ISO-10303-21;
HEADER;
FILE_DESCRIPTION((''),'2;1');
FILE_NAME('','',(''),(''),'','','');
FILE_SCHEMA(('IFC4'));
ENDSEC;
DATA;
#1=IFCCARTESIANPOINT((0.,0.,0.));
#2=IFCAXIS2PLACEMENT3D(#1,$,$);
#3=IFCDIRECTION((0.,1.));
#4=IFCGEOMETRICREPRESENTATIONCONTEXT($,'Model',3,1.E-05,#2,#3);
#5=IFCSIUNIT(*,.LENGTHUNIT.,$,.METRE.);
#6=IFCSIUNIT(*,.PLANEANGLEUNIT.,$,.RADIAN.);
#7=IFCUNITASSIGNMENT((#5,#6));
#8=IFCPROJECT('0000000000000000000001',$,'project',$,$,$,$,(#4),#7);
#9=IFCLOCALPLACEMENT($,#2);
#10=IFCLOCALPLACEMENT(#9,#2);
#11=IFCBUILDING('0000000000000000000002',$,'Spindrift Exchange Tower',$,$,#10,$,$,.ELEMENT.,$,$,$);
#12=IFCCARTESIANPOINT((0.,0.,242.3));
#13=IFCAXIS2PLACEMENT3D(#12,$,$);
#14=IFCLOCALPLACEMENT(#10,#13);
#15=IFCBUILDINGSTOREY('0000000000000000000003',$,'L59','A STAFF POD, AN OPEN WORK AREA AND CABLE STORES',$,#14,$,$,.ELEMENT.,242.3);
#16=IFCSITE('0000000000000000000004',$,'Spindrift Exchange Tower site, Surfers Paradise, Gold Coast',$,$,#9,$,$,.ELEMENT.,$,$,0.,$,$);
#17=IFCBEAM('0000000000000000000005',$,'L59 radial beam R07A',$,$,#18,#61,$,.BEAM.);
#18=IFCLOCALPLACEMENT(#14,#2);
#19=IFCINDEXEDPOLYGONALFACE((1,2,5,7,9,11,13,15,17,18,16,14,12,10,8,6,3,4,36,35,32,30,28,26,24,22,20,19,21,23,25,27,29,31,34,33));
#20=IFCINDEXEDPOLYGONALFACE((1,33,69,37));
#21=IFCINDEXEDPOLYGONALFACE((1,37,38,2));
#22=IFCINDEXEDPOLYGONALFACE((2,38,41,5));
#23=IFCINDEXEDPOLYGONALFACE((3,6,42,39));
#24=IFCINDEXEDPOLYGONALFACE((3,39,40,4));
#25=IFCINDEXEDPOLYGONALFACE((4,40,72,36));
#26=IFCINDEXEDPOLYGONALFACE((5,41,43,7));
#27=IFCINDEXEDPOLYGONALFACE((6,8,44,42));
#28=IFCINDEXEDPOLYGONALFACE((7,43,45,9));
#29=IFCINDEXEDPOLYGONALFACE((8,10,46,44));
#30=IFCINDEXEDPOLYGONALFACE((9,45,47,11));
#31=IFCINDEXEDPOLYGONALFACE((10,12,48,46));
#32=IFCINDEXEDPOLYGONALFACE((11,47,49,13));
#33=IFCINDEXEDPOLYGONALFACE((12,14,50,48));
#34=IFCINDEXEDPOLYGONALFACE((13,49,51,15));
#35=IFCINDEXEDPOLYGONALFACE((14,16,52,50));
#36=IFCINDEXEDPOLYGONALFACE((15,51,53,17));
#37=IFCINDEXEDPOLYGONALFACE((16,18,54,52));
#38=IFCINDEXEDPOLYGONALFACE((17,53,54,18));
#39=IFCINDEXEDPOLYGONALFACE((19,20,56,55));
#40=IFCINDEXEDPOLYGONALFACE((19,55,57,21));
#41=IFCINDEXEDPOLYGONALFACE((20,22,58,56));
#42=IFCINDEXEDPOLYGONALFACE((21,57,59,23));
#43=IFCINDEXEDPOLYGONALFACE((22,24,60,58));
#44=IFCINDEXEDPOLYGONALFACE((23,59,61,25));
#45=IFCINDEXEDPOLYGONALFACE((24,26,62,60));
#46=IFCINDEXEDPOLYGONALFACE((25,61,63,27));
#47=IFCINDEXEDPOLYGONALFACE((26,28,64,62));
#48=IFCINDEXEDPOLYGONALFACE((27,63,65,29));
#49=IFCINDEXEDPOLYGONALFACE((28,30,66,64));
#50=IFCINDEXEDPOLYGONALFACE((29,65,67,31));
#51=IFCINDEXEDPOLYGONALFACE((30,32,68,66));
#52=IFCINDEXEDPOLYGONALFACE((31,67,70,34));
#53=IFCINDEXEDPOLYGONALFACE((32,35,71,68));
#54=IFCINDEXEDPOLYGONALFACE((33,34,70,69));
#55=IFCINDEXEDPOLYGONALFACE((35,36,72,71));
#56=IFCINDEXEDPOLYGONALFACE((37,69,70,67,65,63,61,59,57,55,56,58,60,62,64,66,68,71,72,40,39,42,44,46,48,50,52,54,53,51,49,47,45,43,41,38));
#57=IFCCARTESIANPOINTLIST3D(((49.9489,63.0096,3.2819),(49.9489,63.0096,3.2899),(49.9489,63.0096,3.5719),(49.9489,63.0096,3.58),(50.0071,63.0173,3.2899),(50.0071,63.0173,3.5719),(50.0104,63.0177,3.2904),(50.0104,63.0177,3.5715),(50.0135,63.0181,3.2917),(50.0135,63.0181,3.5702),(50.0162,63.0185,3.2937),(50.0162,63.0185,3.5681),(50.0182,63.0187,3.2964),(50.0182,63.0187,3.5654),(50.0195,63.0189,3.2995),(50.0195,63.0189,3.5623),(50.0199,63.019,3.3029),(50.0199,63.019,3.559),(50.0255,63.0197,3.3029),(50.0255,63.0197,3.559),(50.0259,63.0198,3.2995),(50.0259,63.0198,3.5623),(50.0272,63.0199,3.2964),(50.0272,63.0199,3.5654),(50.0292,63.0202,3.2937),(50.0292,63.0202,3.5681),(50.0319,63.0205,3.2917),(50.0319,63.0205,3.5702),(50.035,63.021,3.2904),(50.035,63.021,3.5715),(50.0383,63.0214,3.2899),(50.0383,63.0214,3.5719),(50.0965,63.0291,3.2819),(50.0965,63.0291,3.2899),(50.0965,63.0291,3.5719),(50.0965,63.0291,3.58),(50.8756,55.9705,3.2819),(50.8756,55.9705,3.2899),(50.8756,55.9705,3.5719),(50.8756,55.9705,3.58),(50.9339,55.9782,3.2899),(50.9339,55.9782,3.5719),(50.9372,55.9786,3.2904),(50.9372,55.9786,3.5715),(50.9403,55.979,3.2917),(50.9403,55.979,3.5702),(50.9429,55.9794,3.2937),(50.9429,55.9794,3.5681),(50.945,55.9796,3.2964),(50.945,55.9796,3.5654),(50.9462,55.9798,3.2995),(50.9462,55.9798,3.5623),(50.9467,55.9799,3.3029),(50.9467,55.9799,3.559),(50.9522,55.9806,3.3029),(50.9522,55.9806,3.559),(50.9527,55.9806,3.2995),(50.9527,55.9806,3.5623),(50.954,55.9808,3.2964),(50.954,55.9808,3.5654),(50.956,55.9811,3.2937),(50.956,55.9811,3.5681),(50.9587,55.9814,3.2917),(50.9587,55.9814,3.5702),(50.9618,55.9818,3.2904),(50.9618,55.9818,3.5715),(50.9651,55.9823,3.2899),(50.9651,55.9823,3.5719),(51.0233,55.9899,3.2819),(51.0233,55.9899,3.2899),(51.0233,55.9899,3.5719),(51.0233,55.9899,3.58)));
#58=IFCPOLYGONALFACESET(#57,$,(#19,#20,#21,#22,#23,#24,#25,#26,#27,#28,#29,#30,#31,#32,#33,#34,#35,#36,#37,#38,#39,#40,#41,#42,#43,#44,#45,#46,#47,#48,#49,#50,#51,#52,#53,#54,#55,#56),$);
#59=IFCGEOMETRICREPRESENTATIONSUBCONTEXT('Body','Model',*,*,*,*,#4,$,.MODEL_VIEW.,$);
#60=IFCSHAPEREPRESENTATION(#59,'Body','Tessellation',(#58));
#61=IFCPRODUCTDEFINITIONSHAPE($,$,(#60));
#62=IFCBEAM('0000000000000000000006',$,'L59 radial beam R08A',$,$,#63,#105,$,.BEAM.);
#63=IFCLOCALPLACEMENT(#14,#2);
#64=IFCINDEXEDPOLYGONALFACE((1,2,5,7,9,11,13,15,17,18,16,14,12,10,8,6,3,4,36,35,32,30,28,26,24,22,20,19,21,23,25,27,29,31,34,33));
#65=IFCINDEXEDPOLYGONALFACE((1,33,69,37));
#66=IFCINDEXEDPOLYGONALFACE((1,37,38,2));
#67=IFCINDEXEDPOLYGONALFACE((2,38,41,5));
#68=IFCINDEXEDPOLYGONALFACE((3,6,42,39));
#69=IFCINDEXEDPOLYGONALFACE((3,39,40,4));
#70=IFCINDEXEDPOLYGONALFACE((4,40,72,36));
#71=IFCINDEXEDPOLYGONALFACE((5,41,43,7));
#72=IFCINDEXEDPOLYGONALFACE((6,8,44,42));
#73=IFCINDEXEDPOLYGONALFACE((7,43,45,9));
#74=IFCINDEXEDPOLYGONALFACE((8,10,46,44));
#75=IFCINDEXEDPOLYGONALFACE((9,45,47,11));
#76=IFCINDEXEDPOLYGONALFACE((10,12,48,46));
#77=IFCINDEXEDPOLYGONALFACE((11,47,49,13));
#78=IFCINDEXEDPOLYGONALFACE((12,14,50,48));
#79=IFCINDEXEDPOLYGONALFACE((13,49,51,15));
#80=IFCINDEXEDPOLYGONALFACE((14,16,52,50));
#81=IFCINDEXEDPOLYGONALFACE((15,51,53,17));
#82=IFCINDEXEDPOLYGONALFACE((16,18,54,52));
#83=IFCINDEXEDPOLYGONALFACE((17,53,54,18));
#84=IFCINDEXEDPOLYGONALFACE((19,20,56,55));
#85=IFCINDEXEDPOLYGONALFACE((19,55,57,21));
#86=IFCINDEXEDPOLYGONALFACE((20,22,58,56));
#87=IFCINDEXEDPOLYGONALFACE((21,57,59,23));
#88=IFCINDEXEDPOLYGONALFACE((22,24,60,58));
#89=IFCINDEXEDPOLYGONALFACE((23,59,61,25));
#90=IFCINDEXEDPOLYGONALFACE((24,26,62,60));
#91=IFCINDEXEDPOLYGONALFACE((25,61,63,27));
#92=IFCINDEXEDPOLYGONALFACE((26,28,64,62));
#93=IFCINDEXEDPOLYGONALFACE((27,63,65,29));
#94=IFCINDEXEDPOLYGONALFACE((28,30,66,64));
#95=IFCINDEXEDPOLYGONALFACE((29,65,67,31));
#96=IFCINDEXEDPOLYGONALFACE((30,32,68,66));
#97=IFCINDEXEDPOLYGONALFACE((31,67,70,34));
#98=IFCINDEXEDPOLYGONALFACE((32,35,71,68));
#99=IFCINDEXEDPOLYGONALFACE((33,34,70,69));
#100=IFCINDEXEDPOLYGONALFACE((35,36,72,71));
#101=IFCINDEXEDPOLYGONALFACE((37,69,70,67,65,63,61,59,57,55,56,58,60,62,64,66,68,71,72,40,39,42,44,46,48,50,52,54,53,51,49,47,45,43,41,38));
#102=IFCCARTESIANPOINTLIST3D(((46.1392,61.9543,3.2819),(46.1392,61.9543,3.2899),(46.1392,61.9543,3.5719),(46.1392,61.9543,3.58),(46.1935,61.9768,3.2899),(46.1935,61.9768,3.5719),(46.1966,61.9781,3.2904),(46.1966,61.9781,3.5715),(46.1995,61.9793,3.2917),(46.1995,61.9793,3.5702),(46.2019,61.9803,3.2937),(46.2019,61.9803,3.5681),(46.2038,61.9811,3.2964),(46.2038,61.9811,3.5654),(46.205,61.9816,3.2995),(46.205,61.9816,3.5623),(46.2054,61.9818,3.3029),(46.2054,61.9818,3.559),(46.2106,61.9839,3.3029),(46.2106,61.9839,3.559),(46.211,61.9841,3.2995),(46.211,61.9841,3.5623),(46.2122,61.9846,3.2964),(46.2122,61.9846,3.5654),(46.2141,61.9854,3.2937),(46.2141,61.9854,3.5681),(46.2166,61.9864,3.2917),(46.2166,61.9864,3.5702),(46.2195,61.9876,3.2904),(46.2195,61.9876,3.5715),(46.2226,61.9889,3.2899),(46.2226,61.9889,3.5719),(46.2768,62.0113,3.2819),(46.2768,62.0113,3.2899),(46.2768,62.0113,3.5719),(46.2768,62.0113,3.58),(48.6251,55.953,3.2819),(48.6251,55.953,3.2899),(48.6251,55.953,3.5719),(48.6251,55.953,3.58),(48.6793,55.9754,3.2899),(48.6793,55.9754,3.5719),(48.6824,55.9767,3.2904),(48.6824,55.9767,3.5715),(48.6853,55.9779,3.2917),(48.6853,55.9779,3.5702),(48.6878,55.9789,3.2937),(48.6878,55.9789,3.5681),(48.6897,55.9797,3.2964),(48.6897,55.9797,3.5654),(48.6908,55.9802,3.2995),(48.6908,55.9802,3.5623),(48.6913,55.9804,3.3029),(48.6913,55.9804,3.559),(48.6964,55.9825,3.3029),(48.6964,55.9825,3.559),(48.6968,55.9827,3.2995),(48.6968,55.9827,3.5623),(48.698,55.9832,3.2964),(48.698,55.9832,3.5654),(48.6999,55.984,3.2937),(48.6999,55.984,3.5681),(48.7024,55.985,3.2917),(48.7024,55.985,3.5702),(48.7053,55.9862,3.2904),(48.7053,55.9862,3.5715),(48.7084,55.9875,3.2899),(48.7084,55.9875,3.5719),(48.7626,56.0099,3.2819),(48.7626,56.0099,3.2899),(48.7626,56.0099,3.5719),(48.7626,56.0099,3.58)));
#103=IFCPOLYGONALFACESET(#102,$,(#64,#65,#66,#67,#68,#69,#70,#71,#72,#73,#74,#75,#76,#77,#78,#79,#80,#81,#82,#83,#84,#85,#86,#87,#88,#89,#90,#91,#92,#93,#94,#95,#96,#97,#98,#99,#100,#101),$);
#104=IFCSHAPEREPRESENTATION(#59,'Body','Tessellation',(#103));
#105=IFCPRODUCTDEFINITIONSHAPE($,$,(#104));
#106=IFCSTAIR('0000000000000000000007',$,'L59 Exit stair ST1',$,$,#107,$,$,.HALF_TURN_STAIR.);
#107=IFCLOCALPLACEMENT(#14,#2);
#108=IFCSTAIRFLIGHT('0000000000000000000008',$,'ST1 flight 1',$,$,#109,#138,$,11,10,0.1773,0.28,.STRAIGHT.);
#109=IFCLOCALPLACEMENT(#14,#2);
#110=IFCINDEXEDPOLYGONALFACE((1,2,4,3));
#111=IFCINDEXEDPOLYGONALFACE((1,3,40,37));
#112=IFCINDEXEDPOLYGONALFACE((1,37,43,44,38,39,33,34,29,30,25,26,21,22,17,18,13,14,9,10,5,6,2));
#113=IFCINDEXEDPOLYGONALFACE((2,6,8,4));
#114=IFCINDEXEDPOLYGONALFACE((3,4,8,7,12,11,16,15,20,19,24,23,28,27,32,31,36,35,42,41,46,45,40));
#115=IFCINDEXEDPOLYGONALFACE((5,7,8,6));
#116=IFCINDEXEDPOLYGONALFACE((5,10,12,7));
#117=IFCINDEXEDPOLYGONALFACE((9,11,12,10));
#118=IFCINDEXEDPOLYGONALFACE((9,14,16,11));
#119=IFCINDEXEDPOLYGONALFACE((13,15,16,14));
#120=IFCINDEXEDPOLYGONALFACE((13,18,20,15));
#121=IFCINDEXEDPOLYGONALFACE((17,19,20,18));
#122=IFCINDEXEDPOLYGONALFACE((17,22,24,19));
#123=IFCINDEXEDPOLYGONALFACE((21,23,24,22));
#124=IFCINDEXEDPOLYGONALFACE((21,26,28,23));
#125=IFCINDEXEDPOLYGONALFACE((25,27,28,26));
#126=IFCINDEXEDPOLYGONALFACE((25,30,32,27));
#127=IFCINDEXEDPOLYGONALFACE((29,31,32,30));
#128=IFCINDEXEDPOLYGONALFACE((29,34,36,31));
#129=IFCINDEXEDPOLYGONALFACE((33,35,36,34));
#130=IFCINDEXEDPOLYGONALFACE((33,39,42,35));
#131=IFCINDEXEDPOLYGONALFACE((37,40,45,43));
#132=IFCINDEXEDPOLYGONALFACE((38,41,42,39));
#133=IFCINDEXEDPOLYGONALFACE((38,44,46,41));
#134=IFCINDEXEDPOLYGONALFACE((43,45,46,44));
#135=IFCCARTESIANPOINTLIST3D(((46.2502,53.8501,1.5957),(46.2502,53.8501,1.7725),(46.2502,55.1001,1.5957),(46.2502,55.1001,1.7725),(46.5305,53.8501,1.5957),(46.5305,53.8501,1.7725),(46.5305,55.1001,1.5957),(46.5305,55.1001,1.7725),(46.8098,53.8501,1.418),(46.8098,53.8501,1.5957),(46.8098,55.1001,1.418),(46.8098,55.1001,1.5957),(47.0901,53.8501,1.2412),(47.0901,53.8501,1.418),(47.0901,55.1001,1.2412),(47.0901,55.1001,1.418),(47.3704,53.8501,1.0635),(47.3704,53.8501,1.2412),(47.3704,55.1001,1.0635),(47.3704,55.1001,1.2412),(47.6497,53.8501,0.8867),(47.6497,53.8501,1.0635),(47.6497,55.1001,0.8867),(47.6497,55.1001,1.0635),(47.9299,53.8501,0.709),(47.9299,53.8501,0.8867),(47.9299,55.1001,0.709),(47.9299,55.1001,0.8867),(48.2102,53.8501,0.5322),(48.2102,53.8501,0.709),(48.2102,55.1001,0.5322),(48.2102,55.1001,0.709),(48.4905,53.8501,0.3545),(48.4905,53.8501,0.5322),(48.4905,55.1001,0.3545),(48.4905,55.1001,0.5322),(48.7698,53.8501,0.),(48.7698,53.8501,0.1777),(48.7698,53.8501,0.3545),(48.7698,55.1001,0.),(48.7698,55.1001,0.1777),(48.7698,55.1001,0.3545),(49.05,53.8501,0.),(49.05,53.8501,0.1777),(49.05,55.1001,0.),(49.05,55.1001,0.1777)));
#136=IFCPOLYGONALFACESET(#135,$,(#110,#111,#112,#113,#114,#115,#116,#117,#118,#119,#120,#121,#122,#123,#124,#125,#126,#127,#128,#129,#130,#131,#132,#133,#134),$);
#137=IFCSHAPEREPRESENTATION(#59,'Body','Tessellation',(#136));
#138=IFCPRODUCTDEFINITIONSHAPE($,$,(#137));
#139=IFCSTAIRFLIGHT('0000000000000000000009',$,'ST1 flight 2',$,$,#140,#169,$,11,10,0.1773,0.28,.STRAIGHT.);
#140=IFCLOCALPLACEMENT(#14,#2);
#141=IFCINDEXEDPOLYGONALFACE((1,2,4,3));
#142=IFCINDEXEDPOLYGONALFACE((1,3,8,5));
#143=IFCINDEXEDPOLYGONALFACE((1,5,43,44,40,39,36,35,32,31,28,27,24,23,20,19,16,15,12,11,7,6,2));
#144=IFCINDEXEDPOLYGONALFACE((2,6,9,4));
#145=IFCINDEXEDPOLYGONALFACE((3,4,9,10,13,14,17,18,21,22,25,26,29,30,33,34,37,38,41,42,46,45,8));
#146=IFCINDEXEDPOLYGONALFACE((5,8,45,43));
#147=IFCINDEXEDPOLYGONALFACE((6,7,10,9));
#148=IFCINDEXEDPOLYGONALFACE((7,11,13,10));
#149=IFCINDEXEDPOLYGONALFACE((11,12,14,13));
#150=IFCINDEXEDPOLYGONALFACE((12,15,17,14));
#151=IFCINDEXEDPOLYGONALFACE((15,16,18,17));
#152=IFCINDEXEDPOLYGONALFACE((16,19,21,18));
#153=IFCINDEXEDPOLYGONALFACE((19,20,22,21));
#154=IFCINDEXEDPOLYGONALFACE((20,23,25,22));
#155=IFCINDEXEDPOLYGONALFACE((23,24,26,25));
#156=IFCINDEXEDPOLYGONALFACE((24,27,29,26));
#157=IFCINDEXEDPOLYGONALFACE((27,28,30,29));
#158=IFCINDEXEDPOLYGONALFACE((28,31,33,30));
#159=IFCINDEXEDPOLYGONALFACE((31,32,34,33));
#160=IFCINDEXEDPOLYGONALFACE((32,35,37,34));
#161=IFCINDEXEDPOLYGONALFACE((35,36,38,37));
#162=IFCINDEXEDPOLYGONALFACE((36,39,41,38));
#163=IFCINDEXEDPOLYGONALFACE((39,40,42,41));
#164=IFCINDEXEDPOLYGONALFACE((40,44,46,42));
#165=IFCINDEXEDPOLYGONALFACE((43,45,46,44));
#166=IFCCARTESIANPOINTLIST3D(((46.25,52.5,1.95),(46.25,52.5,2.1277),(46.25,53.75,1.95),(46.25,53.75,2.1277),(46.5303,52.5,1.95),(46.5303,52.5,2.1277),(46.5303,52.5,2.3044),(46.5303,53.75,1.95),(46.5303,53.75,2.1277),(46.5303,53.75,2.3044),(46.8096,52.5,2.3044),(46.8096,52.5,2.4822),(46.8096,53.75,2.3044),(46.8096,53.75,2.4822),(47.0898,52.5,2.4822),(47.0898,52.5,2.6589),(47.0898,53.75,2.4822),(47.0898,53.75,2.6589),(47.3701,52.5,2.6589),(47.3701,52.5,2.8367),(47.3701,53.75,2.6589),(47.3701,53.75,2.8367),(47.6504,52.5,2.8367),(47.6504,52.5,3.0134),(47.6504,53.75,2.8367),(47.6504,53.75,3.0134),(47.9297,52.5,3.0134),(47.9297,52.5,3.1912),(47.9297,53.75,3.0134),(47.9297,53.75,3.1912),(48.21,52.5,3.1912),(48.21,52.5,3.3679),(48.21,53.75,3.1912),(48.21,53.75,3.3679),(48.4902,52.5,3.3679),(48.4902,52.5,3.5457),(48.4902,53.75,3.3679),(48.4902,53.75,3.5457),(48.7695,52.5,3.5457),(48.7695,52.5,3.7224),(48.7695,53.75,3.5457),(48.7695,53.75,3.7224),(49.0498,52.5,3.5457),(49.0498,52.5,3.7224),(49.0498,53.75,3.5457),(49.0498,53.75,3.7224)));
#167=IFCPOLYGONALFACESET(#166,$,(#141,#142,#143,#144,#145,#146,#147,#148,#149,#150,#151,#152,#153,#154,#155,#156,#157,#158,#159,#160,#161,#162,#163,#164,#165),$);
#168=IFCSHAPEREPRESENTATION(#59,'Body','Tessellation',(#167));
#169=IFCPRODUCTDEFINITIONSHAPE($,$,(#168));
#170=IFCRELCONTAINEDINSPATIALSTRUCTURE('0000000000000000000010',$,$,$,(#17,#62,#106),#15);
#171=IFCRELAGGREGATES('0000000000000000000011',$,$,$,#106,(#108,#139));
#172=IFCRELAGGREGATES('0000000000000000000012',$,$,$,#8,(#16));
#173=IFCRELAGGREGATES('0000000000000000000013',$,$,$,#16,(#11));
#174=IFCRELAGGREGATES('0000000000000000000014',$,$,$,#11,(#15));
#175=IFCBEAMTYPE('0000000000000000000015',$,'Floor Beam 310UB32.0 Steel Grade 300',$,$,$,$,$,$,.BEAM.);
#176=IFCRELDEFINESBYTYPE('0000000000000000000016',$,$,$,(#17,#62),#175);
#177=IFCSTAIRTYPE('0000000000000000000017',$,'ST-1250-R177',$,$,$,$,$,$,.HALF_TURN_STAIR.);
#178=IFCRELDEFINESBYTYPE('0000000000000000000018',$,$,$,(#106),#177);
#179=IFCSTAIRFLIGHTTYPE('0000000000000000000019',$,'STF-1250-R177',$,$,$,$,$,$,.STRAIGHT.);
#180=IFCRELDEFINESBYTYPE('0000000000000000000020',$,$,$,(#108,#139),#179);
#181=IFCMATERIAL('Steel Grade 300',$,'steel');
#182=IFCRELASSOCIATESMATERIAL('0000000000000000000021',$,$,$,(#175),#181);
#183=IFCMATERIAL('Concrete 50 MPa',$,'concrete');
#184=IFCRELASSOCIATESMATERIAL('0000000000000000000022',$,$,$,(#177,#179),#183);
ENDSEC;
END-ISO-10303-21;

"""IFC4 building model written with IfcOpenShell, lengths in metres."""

from ifc_helpers import new_model, si_unit, direction, frame, origin, origin_2d, place, context, subcontext, project, spatial, line, indexed_curve, i_section, outline, extrude, source, transform, mapped, material, material_profile, profile_set, type_object, element, aggregate, save


model = new_model("IFC4")

# Units and contexts
model_context = context("Model", 3, precision=1e-05, world=origin(), true_north=direction((0.0, 1.0)))
body_context = subcontext(model_context, "Body", "Model", "MODEL_VIEW")
ifc_project = project(units=[si_unit("LENGTHUNIT", "METRE"), si_unit("PLANEANGLEUNIT", "RADIAN")], contexts=[model_context])

# Site, building, storey
site_placement = place(None, origin())
site = spatial("IfcSite", under=ifc_project, at=site_placement, Name="Spindrift Exchange Tower site, Surfers Paradise, Gold Coast", CompositionType="ELEMENT", RefElevation=0.0)
building_placement = place(site_placement, origin())
building = spatial("IfcBuilding", under=site, at=building_placement, Name="Spindrift Exchange Tower", CompositionType="ELEMENT")
storey_placement = place(building_placement, frame((0.0, 0.0, 242.3)))
storey = spatial("IfcBuildingStorey", under=building, at=storey_placement, Name="L59", Description="A STAFF POD, AN OPEN WORK AREA AND CABLE STORES", CompositionType="ELEMENT", Elevation=242.3)

# Beams
ifc_material_1 = material(Name="Steel Grade 300", Category="steel")
ifc_material_profile = material_profile(ifc_material_1, i_section(OverallWidth=0.1489, OverallDepth=0.2981, WebThickness=0.0056, FlangeThickness=0.0081, FilletRadius=0.0129, at=origin_2d()), Name="310UB32.0")
ifc_profile_set = profile_set([ifc_material_profile], Name="Steel Grade 300")
beam_type = type_object("IfcBeamType", Name="Floor Beam 310UB32.0 Steel Grade 300", PredefinedType="BEAM", material=ifc_profile_set)
shared_shape_1 = source(origin(), body_context, "Body", "SweptSolid", [
    extrude(i_section(OverallWidth=0.1489, OverallDepth=0.2981, WebThickness=0.0056, FlangeThickness=0.0081, FilletRadius=0.0129, at=origin_2d()), origin(), (0.0, 0.0, 1.0), 7.0999),
])
beam_1_placement = place(storey_placement, frame((50.9495, 55.9802, 3.4309), z_axis=(-0.130533, 0.991444, 0.0), x_axis=(-0.991444, -0.130533, 0.0)))
element("IfcBeam", 1, at=beam_1_placement, inside=storey, type_object=beam_type, Name="L59 radial beam R07A", PredefinedType="BEAM", context=body_context, shape_type="MappedRepresentation", body=[
    mapped(shared_shape_1, transform((0.0, 0.0, 0.0), scale=1.0)),
])
shared_shape_2 = source(origin(), body_context, "Body", "SweptSolid", [
    extrude(i_section(OverallWidth=0.1489, OverallDepth=0.2981, WebThickness=0.0056, FlangeThickness=0.0081, FilletRadius=0.0129, at=origin_2d()), origin(), (0.0, 0.0, 1.0), 6.4958),
])
beam_2_placement = place(storey_placement, frame((48.6938, 55.9814, 3.4309), z_axis=(-0.382677, 0.923882, 0.0), x_axis=(-0.923882, -0.382677, 0.0)))
element("IfcBeam", 2, at=beam_2_placement, inside=storey, type_object=beam_type, Name="L59 radial beam R08A", PredefinedType="BEAM", context=body_context, shape_type="MappedRepresentation", body=[
    mapped(shared_shape_2, transform((0.0, 0.0, 0.0), scale=1.0)),
])

# Stair, stair flights
ifc_material_2 = material(Name="Concrete 50 MPa", Category="concrete")
stair_type = type_object("IfcStairType", Name="ST-1250-R177", PredefinedType="HALF_TURN_STAIR", material=ifc_material_2)
stair_placement = place(storey_placement, origin())
stair = element("IfcStair", 3, at=stair_placement, inside=storey, type_object=stair_type, Name="L59 Exit stair ST1", PredefinedType="HALF_TURN_STAIR")
stair_flight_type = type_object("IfcStairFlightType", Name="STF-1250-R177", PredefinedType="STRAIGHT", material=ifc_material_2)
stair_flight_1_placement = place(storey_placement, frame((49.05, 54.4751, 0.0), z_axis=(0.0, 0.0, 1.0), x_axis=(-1.0, 0.0, 0.0)))
stair_flight_1 = element("IfcStairFlight", 4, at=stair_flight_1_placement, type_object=stair_flight_type, Name="ST1 flight 1", NumberOfRisers=11, NumberOfTreads=10, PredefinedType="STRAIGHT", RiserHeight=0.1773, TreadLength=0.28, context=body_context, shape_type="SweptSolid", body=[
    extrude(outline(indexed_curve([(0.0, 0.0), (0.0, 0.1777), (0.2803, 0.1777), (0.2803, 0.3545), (0.5596, 0.3545), (0.5596, 0.5322), (0.8398, 0.5322), (0.8398, 0.709), (1.1201, 0.709), (1.1201, 0.8867), (1.4004, 0.8867), (1.4004, 1.0635), (1.6797, 1.0635), (1.6797, 1.2412), (1.96, 1.2412), (1.96, 1.418), (2.2402, 1.418), (2.2402, 1.5957), (2.5195, 1.5957), (2.5195, 1.7725), (2.7998, 1.7725), (2.7998, 1.9502), (2.7998, 1.5957), (0.2803, 0.0)], segments=[line(1, 2, 3, 4, 5, 6, 7, 8, 9, 10, 11, 12, 13, 14, 15, 16, 17, 18, 19, 20, 21, 22, 23, 24, 1)], self_intersect=False)), frame((0.0, 0.625, 0.0), z_axis=(0.0, -1.0, 0.0), x_axis=(1.0, 0.0, 0.0)), (0.0, 0.0, 1.0), 1.25),
])
stair_flight_2_placement = place(storey_placement, frame((46.25, 53.125, 1.95), z_axis=(0.0, 0.0, 1.0), x_axis=(1.0, 0.0, 0.0)))
stair_flight_2 = element("IfcStairFlight", 5, at=stair_flight_2_placement, type_object=stair_flight_type, Name="ST1 flight 2", NumberOfRisers=11, NumberOfTreads=10, PredefinedType="STRAIGHT", RiserHeight=0.1773, TreadLength=0.28, context=body_context, shape_type="SweptSolid", body=[
    extrude(outline(indexed_curve([(0.0, 0.0), (0.0, 0.1777), (0.2803, 0.1777), (0.2803, 0.3545), (0.5596, 0.3545), (0.5596, 0.5322), (0.8398, 0.5322), (0.8398, 0.709), (1.1201, 0.709), (1.1201, 0.8867), (1.4004, 0.8867), (1.4004, 1.0635), (1.6797, 1.0635), (1.6797, 1.2412), (1.96, 1.2412), (1.96, 1.418), (2.2402, 1.418), (2.2402, 1.5957), (2.5195, 1.5957), (2.5195, 1.7725), (2.7998, 1.7725), (2.7998, 1.9502), (2.7998, 1.5957), (0.2803, 0.0)], segments=[line(1, 2, 3, 4, 5, 6, 7, 8, 9, 10, 11, 12, 13, 14, 15, 16, 17, 18, 19, 20, 21, 22, 23, 24, 1)], self_intersect=False)), frame((0.0, 0.625, 0.0), z_axis=(0.0, -1.0, 0.0), x_axis=(1.0, 0.0, 0.0)), (0.0, 0.0, 1.0), 1.25),
])
aggregate(stair, [stair_flight_1, stair_flight_2])

save(model, "model.ifc")
